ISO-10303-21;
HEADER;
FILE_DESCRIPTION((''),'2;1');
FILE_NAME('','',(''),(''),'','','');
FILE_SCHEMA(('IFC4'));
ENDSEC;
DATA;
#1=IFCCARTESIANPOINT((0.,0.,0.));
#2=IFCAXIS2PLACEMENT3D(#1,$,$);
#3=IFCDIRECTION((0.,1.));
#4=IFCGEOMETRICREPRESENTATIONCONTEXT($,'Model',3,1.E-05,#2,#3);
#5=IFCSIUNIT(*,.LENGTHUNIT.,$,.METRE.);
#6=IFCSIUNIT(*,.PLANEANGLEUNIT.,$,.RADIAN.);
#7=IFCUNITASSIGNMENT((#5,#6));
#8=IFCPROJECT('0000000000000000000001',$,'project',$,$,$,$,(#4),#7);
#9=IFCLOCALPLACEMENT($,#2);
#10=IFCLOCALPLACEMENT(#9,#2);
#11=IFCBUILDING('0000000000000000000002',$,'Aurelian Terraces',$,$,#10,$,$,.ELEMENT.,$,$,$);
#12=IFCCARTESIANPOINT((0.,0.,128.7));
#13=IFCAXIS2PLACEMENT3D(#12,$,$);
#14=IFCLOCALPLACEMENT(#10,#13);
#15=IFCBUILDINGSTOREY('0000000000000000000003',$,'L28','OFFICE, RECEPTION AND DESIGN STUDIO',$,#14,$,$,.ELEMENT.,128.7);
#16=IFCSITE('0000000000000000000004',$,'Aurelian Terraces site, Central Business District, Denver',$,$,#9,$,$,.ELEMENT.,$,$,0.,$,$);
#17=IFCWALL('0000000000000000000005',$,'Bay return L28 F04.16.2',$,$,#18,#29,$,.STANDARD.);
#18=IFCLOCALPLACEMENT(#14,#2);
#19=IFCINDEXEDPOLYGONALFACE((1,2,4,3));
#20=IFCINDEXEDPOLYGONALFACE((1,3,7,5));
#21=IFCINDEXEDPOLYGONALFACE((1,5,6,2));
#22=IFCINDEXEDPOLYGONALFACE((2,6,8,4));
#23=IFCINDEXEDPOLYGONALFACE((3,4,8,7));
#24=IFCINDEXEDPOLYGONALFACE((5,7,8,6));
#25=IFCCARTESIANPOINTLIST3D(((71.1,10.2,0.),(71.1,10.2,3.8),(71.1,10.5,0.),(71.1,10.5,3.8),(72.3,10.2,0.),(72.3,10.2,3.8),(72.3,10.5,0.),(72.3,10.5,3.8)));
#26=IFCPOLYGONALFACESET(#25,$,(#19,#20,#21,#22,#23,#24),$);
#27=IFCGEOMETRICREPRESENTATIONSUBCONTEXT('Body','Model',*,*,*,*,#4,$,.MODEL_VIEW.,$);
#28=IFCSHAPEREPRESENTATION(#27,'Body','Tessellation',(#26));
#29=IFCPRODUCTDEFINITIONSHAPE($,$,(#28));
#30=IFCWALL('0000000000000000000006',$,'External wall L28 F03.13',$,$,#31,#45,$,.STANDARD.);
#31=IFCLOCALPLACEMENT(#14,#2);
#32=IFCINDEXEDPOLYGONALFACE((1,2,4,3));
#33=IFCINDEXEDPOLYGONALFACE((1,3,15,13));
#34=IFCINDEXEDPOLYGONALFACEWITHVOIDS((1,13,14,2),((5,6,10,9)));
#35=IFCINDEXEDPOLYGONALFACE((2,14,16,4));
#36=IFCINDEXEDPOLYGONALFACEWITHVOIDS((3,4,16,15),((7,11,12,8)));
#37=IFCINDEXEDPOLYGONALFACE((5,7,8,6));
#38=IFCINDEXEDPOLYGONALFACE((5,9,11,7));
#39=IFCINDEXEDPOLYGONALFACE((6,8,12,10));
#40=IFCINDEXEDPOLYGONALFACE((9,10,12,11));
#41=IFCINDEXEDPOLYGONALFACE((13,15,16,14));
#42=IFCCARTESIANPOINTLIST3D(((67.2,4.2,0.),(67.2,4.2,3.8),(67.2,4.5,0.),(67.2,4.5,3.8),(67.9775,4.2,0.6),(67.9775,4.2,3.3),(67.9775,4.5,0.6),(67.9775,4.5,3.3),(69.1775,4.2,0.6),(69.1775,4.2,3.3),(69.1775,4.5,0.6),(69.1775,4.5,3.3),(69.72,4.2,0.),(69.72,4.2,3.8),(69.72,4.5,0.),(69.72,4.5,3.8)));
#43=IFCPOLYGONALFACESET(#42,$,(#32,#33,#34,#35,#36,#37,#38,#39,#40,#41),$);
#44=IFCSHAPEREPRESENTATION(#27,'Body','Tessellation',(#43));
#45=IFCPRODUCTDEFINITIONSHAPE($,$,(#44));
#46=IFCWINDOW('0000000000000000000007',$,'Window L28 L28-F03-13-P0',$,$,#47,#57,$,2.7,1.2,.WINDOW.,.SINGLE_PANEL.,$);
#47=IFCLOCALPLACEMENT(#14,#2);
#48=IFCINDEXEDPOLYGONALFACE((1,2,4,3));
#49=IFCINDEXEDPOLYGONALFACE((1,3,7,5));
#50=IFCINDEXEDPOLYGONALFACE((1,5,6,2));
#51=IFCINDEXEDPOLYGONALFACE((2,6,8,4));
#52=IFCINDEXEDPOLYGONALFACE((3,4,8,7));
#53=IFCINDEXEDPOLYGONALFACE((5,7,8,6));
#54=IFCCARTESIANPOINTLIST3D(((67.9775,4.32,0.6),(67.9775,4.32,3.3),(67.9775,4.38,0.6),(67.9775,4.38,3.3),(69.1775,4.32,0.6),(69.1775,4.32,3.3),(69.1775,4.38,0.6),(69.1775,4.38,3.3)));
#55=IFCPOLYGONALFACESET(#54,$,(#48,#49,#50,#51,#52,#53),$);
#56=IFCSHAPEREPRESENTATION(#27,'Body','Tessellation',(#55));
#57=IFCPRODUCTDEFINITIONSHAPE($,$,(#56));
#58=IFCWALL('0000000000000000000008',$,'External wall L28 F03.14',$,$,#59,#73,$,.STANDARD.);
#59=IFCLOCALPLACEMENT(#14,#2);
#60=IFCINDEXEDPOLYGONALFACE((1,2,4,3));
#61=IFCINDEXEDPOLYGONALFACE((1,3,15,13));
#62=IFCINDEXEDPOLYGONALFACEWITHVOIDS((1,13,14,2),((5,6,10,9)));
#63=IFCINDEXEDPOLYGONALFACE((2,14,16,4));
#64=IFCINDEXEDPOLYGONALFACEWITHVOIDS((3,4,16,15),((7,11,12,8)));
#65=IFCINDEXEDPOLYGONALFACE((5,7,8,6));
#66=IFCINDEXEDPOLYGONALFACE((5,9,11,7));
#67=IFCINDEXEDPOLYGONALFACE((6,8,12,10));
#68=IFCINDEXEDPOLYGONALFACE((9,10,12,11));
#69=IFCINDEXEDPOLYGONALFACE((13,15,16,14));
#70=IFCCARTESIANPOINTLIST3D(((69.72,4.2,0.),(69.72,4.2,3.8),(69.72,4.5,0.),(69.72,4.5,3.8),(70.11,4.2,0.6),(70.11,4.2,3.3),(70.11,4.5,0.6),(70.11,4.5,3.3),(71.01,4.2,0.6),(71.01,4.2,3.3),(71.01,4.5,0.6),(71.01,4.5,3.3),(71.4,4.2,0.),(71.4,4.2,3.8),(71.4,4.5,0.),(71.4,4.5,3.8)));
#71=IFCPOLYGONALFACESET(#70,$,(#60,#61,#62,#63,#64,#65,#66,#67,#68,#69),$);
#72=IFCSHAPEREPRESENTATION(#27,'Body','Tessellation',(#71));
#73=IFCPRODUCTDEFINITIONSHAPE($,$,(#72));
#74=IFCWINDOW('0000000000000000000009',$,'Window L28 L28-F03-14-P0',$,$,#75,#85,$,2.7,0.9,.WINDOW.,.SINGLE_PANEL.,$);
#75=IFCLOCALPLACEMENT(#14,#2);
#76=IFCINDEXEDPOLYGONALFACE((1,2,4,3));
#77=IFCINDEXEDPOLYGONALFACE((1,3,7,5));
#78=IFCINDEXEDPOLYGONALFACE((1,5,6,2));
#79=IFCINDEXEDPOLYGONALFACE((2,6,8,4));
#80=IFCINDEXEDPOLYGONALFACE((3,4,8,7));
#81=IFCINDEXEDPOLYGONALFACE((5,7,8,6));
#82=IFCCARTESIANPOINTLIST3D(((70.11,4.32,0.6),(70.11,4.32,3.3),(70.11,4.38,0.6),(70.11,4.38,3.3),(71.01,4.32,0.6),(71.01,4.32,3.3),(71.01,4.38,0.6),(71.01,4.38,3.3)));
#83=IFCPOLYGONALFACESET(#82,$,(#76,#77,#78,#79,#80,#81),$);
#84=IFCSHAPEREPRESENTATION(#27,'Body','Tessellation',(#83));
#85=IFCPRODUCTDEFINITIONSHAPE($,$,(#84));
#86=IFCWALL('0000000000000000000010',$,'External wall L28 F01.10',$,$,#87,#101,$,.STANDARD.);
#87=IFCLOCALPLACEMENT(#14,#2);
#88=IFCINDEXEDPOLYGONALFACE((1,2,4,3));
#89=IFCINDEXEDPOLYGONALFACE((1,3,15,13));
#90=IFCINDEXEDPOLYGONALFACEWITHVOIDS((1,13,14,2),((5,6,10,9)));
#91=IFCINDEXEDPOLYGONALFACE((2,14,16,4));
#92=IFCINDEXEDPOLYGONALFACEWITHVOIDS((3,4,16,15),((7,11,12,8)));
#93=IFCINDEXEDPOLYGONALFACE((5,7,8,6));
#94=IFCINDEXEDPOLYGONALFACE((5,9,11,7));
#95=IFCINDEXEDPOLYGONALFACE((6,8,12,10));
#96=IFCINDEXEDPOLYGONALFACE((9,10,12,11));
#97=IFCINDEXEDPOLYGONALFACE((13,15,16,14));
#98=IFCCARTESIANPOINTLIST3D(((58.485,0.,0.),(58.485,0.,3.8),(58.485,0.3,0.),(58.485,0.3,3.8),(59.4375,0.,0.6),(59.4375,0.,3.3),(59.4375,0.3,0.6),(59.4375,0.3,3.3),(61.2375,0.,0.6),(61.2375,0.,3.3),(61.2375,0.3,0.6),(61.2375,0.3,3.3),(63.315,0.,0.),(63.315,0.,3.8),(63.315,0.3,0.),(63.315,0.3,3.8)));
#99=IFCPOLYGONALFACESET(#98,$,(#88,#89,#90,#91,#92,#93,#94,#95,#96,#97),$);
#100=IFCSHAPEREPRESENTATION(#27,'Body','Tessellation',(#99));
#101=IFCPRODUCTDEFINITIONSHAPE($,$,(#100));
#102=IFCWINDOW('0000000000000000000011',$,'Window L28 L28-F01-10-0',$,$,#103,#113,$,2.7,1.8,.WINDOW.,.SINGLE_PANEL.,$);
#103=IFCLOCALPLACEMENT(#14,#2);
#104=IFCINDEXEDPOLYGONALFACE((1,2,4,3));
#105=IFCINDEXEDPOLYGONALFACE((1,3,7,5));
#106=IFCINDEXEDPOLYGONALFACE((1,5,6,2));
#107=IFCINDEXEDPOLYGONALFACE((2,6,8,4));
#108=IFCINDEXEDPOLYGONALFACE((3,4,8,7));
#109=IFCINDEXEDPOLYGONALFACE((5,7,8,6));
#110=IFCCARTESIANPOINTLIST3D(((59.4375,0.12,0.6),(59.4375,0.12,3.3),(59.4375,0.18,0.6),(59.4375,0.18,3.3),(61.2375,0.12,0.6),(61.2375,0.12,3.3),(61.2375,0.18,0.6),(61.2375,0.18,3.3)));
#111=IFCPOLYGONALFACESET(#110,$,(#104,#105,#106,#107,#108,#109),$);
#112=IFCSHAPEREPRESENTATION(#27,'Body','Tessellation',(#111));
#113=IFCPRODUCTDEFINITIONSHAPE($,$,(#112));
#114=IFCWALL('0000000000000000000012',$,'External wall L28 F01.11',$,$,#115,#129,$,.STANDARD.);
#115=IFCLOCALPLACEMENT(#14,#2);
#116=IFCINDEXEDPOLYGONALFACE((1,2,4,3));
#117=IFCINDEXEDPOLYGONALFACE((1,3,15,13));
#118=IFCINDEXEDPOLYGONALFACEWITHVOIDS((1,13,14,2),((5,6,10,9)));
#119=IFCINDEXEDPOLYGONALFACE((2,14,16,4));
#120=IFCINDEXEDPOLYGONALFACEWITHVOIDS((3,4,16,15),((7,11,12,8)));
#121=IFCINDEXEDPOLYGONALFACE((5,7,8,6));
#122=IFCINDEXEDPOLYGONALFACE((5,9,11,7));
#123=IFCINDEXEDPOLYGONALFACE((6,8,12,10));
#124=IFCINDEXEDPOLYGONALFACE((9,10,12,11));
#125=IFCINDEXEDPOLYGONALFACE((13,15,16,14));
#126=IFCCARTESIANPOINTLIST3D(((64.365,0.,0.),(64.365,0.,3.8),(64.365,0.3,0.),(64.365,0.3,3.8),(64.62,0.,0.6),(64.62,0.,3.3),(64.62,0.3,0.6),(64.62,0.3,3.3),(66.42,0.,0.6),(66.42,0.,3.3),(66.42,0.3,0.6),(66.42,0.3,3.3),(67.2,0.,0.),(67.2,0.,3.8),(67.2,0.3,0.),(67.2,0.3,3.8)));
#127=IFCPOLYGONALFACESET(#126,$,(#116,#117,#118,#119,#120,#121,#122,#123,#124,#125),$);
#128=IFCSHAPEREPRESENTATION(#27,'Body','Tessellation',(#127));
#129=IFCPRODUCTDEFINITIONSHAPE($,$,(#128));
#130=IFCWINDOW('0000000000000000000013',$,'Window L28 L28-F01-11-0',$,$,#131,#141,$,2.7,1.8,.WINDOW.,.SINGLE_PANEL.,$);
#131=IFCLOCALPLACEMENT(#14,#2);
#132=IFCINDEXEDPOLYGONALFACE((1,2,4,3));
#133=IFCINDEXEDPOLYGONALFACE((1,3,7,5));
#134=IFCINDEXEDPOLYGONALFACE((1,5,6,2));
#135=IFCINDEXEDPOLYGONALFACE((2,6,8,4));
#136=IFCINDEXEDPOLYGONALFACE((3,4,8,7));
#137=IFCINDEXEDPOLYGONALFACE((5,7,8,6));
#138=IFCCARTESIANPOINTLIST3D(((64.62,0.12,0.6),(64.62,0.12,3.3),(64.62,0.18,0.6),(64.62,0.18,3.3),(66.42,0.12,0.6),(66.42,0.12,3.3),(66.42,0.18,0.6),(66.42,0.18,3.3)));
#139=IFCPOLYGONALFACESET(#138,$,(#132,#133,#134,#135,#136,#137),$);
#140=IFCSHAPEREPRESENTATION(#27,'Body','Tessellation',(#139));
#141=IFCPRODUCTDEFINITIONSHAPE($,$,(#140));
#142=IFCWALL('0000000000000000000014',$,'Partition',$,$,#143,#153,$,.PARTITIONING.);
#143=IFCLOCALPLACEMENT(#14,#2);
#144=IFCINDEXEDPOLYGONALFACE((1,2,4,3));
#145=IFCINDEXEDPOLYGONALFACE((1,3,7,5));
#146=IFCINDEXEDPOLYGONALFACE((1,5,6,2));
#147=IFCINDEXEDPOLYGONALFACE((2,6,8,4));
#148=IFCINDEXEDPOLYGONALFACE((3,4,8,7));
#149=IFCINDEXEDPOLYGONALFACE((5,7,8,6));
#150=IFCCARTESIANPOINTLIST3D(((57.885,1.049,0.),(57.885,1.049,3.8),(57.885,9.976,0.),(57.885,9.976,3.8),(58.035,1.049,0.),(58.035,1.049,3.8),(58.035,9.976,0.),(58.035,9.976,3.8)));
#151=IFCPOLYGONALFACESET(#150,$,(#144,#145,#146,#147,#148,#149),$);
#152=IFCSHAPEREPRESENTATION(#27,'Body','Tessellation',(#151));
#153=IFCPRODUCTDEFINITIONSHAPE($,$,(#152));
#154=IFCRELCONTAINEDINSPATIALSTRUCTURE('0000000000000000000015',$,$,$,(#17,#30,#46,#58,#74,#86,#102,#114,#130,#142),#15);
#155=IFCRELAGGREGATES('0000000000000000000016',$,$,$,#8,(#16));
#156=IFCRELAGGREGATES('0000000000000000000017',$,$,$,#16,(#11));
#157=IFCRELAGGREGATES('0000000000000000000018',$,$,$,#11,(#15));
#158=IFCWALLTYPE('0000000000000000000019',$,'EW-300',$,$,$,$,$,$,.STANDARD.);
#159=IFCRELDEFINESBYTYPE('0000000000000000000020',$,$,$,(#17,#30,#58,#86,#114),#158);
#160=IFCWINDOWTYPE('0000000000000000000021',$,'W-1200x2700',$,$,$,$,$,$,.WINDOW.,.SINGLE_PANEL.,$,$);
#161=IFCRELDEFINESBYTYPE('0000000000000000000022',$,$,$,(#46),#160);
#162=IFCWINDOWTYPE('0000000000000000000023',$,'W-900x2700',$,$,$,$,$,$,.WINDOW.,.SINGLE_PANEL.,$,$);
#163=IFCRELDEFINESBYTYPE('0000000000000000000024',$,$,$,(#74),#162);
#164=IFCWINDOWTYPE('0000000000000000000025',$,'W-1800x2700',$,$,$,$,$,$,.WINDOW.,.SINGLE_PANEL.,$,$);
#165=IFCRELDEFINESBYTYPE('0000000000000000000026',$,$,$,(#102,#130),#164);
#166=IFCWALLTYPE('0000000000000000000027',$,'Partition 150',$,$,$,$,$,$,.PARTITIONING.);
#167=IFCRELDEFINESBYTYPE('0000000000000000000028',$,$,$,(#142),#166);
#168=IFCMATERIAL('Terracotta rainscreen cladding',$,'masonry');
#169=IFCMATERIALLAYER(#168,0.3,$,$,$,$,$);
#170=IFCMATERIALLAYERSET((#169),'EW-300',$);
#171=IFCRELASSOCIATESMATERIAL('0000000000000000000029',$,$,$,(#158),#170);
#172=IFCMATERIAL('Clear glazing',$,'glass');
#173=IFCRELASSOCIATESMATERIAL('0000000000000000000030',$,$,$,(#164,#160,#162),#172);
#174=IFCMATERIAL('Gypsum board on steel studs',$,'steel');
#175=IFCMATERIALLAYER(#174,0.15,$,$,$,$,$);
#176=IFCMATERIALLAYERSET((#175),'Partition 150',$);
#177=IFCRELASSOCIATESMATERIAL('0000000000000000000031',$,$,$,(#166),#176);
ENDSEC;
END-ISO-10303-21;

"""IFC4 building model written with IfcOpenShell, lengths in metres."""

from ifc_helpers import new_model, si_unit, direction, frame, frame_2d, origin, place, context, subcontext, project, spatial, rectangle, extrude, source, transform, mapped, material, layer, layer_set, type_object, element, fill, save


model = new_model("IFC4")

# Units and contexts
model_context = context("Model", 3, precision=1e-05, world=origin(), true_north=direction((0.0, 1.0)))
body_context = subcontext(model_context, "Body", "Model", "MODEL_VIEW")
ifc_project = project(units=[si_unit("LENGTHUNIT", "METRE"), si_unit("PLANEANGLEUNIT", "RADIAN")], contexts=[model_context])

# Site, building, storey
site_placement = place(None, origin())
site = spatial("IfcSite", under=ifc_project, at=site_placement, Name="Aurelian Terraces site, Central Business District, Denver", CompositionType="ELEMENT", RefElevation=0.0)
building_placement = place(site_placement, origin())
building = spatial("IfcBuilding", under=site, at=building_placement, Name="Aurelian Terraces", CompositionType="ELEMENT")
storey_placement = place(building_placement, frame((0.0, 0.0, 128.7)))
storey = spatial("IfcBuildingStorey", under=building, at=storey_placement, Name="L28", Description="OFFICE, RECEPTION AND DESIGN STUDIO", CompositionType="ELEMENT", Elevation=128.7)

# Shared definitions
ifc_material_1 = material(Name="Terracotta rainscreen cladding", Category="masonry")
ifc_layer_1 = layer(ifc_material_1, 0.3)
ifc_layer_set_1 = layer_set([ifc_layer_1], Name="EW-300")
wall_type_1 = type_object("IfcWallType", Name="EW-300", PredefinedType="STANDARD", material=ifc_layer_set_1)
shared_shape_1 = source(origin(), body_context, "Body", "SweptSolid", [
    extrude(rectangle(XDim=1.8, YDim=2.7, at=frame_2d((0.9, 1.35))), frame((0.0, 0.16, 0.0), z_axis=(0.0, -1.0, 0.0), x_axis=(1.0, 0.0, 0.0)), (0.0, 0.0, 1.0), 0.32),
])
ifc_material_2 = material(Name="Clear glazing", Category="glass")
window_type_1 = type_object("IfcWindowType", Name="W-1800x2700", PartitioningType="SINGLE_PANEL", PredefinedType="WINDOW", material=ifc_material_2)
shared_shape_2 = source(origin(), body_context, "Body", "SweptSolid", [
    extrude(rectangle(XDim=1.8, YDim=2.7, at=frame_2d((0.9, 1.35))), frame((0.0, 0.03, 0.0), z_axis=(0.0, -1.0, 0.0), x_axis=(1.0, 0.0, 0.0)), (0.0, 0.0, 1.0), 0.06),
])

# Wall
shared_shape_3 = source(origin(), body_context, "Body", "SweptSolid", [
    extrude(rectangle(XDim=1.2, YDim=0.3, at=frame_2d((0.6, 0.0))), origin(), (0.0, 0.0, 1.0), 3.8),
])
for number, where, z_axis, x_axis, name in (
    (1, (71.1, 10.35, 0.0), (0.0, 0.0, 1.0), (1.0, 0.0, 0.0), "Bay return L28 F04.16.2"),
):
    element("IfcWall", number, at=place(storey_placement, frame(where, z_axis=z_axis, x_axis=x_axis)), inside=storey, type_object=wall_type_1, Name=name, PredefinedType="STANDARD", context=body_context, shape_type="MappedRepresentation", body=[
        mapped(shared_shape_3, transform((0.0, 0.0, 0.0), scale=1.0)),
    ])

# Walls, openings, windows
shared_shape_4 = source(origin(), body_context, "Body", "SweptSolid", [
    extrude(rectangle(XDim=2.52, YDim=0.3, at=frame_2d((1.26, 0.0))), origin(), (0.0, 0.0, 1.0), 3.8),
])
wall_1_placement = place(storey_placement, frame((67.2, 4.35, 0.0), z_axis=(0.0, 0.0, 1.0), x_axis=(1.0, 0.0, 0.0)))
wall_1 = element("IfcWall", 2, at=wall_1_placement, inside=storey, type_object=wall_type_1, Name="External wall L28 F03.13", PredefinedType="STANDARD", context=body_context, shape_type="MappedRepresentation", body=[
    mapped(shared_shape_4, transform((0.0, 0.0, 0.0), scale=1.0)),
])
shared_shape_5 = source(origin(), body_context, "Body", "SweptSolid", [
    extrude(rectangle(XDim=1.2, YDim=2.7, at=frame_2d((0.6, 1.35))), frame((0.0, 0.16, 0.0), z_axis=(0.0, -1.0, 0.0), x_axis=(1.0, 0.0, 0.0)), (0.0, 0.0, 1.0), 0.32),
])
opening_1_placement = place(wall_1_placement, frame((0.7775, 0.0, 0.6)))
opening_1 = element("IfcOpeningElement", 3, at=opening_1_placement, cuts=wall_1, PredefinedType="OPENING", context=body_context, shape_type="MappedRepresentation", body=[
    mapped(shared_shape_5, transform((0.0, 0.0, 0.0), scale=1.0)),
])
window_type_2 = type_object("IfcWindowType", Name="W-1200x2700", PartitioningType="SINGLE_PANEL", PredefinedType="WINDOW", material=ifc_material_2)
shared_shape_6 = source(origin(), body_context, "Body", "SweptSolid", [
    extrude(rectangle(XDim=1.2, YDim=2.7, at=frame_2d((0.6, 1.35))), frame((0.0, 0.03, 0.0), z_axis=(0.0, -1.0, 0.0), x_axis=(1.0, 0.0, 0.0)), (0.0, 0.0, 1.0), 0.06),
])
window_1_placement = place(opening_1_placement, origin())
window_1 = element("IfcWindow", 4, at=window_1_placement, inside=storey, type_object=window_type_2, Name="Window L28 L28-F03-13-P0", OverallHeight=2.7, OverallWidth=1.2, PartitioningType="SINGLE_PANEL", PredefinedType="WINDOW", context=body_context, shape_type="MappedRepresentation", body=[
    mapped(shared_shape_6, transform((0.0, 0.0, 0.0), scale=1.0)),
])
fill(opening_1, window_1)
shared_shape_7 = source(origin(), body_context, "Body", "SweptSolid", [
    extrude(rectangle(XDim=1.68, YDim=0.3, at=frame_2d((0.84, 0.0))), origin(), (0.0, 0.0, 1.0), 3.8),
])
wall_2_placement = place(storey_placement, frame((69.72, 4.35, 0.0), z_axis=(0.0, 0.0, 1.0), x_axis=(1.0, 0.0, 0.0)))
wall_2 = element("IfcWall", 5, at=wall_2_placement, inside=storey, type_object=wall_type_1, Name="External wall L28 F03.14", PredefinedType="STANDARD", context=body_context, shape_type="MappedRepresentation", body=[
    mapped(shared_shape_7, transform((0.0, 0.0, 0.0), scale=1.0)),
])
shared_shape_8 = source(origin(), body_context, "Body", "SweptSolid", [
    extrude(rectangle(XDim=0.9, YDim=2.7, at=frame_2d((0.45, 1.35))), frame((0.0, 0.16, 0.0), z_axis=(0.0, -1.0, 0.0), x_axis=(1.0, 0.0, 0.0)), (0.0, 0.0, 1.0), 0.32),
])
opening_2_placement = place(wall_2_placement, frame((0.39, 0.0, 0.6)))
opening_2 = element("IfcOpeningElement", 6, at=opening_2_placement, cuts=wall_2, PredefinedType="OPENING", context=body_context, shape_type="MappedRepresentation", body=[
    mapped(shared_shape_8, transform((0.0, 0.0, 0.0), scale=1.0)),
])
window_type_3 = type_object("IfcWindowType", Name="W-900x2700", PartitioningType="SINGLE_PANEL", PredefinedType="WINDOW", material=ifc_material_2)
shared_shape_9 = source(origin(), body_context, "Body", "SweptSolid", [
    extrude(rectangle(XDim=0.9, YDim=2.7, at=frame_2d((0.45, 1.35))), frame((0.0, 0.03, 0.0), z_axis=(0.0, -1.0, 0.0), x_axis=(1.0, 0.0, 0.0)), (0.0, 0.0, 1.0), 0.06),
])
window_2_placement = place(opening_2_placement, origin())
window_2 = element("IfcWindow", 7, at=window_2_placement, inside=storey, type_object=window_type_3, Name="Window L28 L28-F03-14-P0", OverallHeight=2.7, OverallWidth=0.9, PartitioningType="SINGLE_PANEL", PredefinedType="WINDOW", context=body_context, shape_type="MappedRepresentation", body=[
    mapped(shared_shape_9, transform((0.0, 0.0, 0.0), scale=1.0)),
])
fill(opening_2, window_2)
shared_shape_10 = source(origin(), body_context, "Body", "SweptSolid", [
    extrude(rectangle(XDim=4.83, YDim=0.3, at=frame_2d((2.415, 0.0))), origin(), (0.0, 0.0, 1.0), 3.8),
])
wall_3_placement = place(storey_placement, frame((58.485, 0.15, 0.0), z_axis=(0.0, 0.0, 1.0), x_axis=(1.0, 0.0, 0.0)))
wall_3 = element("IfcWall", 8, at=wall_3_placement, inside=storey, type_object=wall_type_1, Name="External wall L28 F01.10", PredefinedType="STANDARD", context=body_context, shape_type="MappedRepresentation", body=[
    mapped(shared_shape_10, transform((0.0, 0.0, 0.0), scale=1.0)),
])
opening_3_placement = place(wall_3_placement, frame((0.9525, 0.0, 0.6)))
opening_3 = element("IfcOpeningElement", 9, at=opening_3_placement, cuts=wall_3, PredefinedType="OPENING", context=body_context, shape_type="MappedRepresentation", body=[
    mapped(shared_shape_1, transform((0.0, 0.0, 0.0), scale=1.0)),
])
window_3_placement = place(opening_3_placement, origin())
window_3 = element("IfcWindow", 10, at=window_3_placement, inside=storey, type_object=window_type_1, Name="Window L28 L28-F01-10-0", OverallHeight=2.7, OverallWidth=1.8, PartitioningType="SINGLE_PANEL", PredefinedType="WINDOW", context=body_context, shape_type="MappedRepresentation", body=[
    mapped(shared_shape_2, transform((0.0, 0.0, 0.0), scale=1.0)),
])
fill(opening_3, window_3)
shared_shape_11 = source(origin(), body_context, "Body", "SweptSolid", [
    extrude(rectangle(XDim=2.835, YDim=0.3, at=frame_2d((1.4175, 0.0))), origin(), (0.0, 0.0, 1.0), 3.8),
])
wall_4_placement = place(storey_placement, frame((64.365, 0.15, 0.0), z_axis=(0.0, 0.0, 1.0), x_axis=(1.0, 0.0, 0.0)))
wall_4 = element("IfcWall", 11, at=wall_4_placement, inside=storey, type_object=wall_type_1, Name="External wall L28 F01.11", PredefinedType="STANDARD", context=body_context, shape_type="MappedRepresentation", body=[
    mapped(shared_shape_11, transform((0.0, 0.0, 0.0), scale=1.0)),
])
opening_4_placement = place(wall_4_placement, frame((0.255, 0.0, 0.6)))
opening_4 = element("IfcOpeningElement", 12, at=opening_4_placement, cuts=wall_4, PredefinedType="OPENING", context=body_context, shape_type="MappedRepresentation", body=[
    mapped(shared_shape_1, transform((0.0, 0.0, 0.0), scale=1.0)),
])
window_4_placement = place(opening_4_placement, origin())
window_4 = element("IfcWindow", 13, at=window_4_placement, inside=storey, type_object=window_type_1, Name="Window L28 L28-F01-11-0", OverallHeight=2.7, OverallWidth=1.8, PartitioningType="SINGLE_PANEL", PredefinedType="WINDOW", context=body_context, shape_type="MappedRepresentation", body=[
    mapped(shared_shape_2, transform((0.0, 0.0, 0.0), scale=1.0)),
])
fill(opening_4, window_4)

# Wall
ifc_material_3 = material(Name="Gypsum board on steel studs", Category="steel")
ifc_layer_2 = layer(ifc_material_3, 0.15)
ifc_layer_set_2 = layer_set([ifc_layer_2], Name="Partition 150")
wall_type_2 = type_object("IfcWallType", Name="Partition 150", PredefinedType="PARTITIONING", material=ifc_layer_set_2)
shared_shape_12 = source(origin(), body_context, "Body", "SweptSolid", [
    extrude(rectangle(XDim=8.927, YDim=0.15, at=frame_2d((4.4635, 0.0))), origin(), (0.0, 0.0, 1.0), 3.8),
])
for number, where, z_axis, x_axis, name in (
    (14, (57.96, 1.049, 0.0), (0.0, 0.0, 1.0), (0.0, 1.0, 0.0), "Partition"),
):
    element("IfcWall", number, at=place(storey_placement, frame(where, z_axis=z_axis, x_axis=x_axis)), inside=storey, type_object=wall_type_2, Name=name, PredefinedType="PARTITIONING", context=body_context, shape_type="MappedRepresentation", body=[
        mapped(shared_shape_12, transform((0.0, 0.0, 0.0), scale=1.0)),
    ])

save(model, "model.ifc")
